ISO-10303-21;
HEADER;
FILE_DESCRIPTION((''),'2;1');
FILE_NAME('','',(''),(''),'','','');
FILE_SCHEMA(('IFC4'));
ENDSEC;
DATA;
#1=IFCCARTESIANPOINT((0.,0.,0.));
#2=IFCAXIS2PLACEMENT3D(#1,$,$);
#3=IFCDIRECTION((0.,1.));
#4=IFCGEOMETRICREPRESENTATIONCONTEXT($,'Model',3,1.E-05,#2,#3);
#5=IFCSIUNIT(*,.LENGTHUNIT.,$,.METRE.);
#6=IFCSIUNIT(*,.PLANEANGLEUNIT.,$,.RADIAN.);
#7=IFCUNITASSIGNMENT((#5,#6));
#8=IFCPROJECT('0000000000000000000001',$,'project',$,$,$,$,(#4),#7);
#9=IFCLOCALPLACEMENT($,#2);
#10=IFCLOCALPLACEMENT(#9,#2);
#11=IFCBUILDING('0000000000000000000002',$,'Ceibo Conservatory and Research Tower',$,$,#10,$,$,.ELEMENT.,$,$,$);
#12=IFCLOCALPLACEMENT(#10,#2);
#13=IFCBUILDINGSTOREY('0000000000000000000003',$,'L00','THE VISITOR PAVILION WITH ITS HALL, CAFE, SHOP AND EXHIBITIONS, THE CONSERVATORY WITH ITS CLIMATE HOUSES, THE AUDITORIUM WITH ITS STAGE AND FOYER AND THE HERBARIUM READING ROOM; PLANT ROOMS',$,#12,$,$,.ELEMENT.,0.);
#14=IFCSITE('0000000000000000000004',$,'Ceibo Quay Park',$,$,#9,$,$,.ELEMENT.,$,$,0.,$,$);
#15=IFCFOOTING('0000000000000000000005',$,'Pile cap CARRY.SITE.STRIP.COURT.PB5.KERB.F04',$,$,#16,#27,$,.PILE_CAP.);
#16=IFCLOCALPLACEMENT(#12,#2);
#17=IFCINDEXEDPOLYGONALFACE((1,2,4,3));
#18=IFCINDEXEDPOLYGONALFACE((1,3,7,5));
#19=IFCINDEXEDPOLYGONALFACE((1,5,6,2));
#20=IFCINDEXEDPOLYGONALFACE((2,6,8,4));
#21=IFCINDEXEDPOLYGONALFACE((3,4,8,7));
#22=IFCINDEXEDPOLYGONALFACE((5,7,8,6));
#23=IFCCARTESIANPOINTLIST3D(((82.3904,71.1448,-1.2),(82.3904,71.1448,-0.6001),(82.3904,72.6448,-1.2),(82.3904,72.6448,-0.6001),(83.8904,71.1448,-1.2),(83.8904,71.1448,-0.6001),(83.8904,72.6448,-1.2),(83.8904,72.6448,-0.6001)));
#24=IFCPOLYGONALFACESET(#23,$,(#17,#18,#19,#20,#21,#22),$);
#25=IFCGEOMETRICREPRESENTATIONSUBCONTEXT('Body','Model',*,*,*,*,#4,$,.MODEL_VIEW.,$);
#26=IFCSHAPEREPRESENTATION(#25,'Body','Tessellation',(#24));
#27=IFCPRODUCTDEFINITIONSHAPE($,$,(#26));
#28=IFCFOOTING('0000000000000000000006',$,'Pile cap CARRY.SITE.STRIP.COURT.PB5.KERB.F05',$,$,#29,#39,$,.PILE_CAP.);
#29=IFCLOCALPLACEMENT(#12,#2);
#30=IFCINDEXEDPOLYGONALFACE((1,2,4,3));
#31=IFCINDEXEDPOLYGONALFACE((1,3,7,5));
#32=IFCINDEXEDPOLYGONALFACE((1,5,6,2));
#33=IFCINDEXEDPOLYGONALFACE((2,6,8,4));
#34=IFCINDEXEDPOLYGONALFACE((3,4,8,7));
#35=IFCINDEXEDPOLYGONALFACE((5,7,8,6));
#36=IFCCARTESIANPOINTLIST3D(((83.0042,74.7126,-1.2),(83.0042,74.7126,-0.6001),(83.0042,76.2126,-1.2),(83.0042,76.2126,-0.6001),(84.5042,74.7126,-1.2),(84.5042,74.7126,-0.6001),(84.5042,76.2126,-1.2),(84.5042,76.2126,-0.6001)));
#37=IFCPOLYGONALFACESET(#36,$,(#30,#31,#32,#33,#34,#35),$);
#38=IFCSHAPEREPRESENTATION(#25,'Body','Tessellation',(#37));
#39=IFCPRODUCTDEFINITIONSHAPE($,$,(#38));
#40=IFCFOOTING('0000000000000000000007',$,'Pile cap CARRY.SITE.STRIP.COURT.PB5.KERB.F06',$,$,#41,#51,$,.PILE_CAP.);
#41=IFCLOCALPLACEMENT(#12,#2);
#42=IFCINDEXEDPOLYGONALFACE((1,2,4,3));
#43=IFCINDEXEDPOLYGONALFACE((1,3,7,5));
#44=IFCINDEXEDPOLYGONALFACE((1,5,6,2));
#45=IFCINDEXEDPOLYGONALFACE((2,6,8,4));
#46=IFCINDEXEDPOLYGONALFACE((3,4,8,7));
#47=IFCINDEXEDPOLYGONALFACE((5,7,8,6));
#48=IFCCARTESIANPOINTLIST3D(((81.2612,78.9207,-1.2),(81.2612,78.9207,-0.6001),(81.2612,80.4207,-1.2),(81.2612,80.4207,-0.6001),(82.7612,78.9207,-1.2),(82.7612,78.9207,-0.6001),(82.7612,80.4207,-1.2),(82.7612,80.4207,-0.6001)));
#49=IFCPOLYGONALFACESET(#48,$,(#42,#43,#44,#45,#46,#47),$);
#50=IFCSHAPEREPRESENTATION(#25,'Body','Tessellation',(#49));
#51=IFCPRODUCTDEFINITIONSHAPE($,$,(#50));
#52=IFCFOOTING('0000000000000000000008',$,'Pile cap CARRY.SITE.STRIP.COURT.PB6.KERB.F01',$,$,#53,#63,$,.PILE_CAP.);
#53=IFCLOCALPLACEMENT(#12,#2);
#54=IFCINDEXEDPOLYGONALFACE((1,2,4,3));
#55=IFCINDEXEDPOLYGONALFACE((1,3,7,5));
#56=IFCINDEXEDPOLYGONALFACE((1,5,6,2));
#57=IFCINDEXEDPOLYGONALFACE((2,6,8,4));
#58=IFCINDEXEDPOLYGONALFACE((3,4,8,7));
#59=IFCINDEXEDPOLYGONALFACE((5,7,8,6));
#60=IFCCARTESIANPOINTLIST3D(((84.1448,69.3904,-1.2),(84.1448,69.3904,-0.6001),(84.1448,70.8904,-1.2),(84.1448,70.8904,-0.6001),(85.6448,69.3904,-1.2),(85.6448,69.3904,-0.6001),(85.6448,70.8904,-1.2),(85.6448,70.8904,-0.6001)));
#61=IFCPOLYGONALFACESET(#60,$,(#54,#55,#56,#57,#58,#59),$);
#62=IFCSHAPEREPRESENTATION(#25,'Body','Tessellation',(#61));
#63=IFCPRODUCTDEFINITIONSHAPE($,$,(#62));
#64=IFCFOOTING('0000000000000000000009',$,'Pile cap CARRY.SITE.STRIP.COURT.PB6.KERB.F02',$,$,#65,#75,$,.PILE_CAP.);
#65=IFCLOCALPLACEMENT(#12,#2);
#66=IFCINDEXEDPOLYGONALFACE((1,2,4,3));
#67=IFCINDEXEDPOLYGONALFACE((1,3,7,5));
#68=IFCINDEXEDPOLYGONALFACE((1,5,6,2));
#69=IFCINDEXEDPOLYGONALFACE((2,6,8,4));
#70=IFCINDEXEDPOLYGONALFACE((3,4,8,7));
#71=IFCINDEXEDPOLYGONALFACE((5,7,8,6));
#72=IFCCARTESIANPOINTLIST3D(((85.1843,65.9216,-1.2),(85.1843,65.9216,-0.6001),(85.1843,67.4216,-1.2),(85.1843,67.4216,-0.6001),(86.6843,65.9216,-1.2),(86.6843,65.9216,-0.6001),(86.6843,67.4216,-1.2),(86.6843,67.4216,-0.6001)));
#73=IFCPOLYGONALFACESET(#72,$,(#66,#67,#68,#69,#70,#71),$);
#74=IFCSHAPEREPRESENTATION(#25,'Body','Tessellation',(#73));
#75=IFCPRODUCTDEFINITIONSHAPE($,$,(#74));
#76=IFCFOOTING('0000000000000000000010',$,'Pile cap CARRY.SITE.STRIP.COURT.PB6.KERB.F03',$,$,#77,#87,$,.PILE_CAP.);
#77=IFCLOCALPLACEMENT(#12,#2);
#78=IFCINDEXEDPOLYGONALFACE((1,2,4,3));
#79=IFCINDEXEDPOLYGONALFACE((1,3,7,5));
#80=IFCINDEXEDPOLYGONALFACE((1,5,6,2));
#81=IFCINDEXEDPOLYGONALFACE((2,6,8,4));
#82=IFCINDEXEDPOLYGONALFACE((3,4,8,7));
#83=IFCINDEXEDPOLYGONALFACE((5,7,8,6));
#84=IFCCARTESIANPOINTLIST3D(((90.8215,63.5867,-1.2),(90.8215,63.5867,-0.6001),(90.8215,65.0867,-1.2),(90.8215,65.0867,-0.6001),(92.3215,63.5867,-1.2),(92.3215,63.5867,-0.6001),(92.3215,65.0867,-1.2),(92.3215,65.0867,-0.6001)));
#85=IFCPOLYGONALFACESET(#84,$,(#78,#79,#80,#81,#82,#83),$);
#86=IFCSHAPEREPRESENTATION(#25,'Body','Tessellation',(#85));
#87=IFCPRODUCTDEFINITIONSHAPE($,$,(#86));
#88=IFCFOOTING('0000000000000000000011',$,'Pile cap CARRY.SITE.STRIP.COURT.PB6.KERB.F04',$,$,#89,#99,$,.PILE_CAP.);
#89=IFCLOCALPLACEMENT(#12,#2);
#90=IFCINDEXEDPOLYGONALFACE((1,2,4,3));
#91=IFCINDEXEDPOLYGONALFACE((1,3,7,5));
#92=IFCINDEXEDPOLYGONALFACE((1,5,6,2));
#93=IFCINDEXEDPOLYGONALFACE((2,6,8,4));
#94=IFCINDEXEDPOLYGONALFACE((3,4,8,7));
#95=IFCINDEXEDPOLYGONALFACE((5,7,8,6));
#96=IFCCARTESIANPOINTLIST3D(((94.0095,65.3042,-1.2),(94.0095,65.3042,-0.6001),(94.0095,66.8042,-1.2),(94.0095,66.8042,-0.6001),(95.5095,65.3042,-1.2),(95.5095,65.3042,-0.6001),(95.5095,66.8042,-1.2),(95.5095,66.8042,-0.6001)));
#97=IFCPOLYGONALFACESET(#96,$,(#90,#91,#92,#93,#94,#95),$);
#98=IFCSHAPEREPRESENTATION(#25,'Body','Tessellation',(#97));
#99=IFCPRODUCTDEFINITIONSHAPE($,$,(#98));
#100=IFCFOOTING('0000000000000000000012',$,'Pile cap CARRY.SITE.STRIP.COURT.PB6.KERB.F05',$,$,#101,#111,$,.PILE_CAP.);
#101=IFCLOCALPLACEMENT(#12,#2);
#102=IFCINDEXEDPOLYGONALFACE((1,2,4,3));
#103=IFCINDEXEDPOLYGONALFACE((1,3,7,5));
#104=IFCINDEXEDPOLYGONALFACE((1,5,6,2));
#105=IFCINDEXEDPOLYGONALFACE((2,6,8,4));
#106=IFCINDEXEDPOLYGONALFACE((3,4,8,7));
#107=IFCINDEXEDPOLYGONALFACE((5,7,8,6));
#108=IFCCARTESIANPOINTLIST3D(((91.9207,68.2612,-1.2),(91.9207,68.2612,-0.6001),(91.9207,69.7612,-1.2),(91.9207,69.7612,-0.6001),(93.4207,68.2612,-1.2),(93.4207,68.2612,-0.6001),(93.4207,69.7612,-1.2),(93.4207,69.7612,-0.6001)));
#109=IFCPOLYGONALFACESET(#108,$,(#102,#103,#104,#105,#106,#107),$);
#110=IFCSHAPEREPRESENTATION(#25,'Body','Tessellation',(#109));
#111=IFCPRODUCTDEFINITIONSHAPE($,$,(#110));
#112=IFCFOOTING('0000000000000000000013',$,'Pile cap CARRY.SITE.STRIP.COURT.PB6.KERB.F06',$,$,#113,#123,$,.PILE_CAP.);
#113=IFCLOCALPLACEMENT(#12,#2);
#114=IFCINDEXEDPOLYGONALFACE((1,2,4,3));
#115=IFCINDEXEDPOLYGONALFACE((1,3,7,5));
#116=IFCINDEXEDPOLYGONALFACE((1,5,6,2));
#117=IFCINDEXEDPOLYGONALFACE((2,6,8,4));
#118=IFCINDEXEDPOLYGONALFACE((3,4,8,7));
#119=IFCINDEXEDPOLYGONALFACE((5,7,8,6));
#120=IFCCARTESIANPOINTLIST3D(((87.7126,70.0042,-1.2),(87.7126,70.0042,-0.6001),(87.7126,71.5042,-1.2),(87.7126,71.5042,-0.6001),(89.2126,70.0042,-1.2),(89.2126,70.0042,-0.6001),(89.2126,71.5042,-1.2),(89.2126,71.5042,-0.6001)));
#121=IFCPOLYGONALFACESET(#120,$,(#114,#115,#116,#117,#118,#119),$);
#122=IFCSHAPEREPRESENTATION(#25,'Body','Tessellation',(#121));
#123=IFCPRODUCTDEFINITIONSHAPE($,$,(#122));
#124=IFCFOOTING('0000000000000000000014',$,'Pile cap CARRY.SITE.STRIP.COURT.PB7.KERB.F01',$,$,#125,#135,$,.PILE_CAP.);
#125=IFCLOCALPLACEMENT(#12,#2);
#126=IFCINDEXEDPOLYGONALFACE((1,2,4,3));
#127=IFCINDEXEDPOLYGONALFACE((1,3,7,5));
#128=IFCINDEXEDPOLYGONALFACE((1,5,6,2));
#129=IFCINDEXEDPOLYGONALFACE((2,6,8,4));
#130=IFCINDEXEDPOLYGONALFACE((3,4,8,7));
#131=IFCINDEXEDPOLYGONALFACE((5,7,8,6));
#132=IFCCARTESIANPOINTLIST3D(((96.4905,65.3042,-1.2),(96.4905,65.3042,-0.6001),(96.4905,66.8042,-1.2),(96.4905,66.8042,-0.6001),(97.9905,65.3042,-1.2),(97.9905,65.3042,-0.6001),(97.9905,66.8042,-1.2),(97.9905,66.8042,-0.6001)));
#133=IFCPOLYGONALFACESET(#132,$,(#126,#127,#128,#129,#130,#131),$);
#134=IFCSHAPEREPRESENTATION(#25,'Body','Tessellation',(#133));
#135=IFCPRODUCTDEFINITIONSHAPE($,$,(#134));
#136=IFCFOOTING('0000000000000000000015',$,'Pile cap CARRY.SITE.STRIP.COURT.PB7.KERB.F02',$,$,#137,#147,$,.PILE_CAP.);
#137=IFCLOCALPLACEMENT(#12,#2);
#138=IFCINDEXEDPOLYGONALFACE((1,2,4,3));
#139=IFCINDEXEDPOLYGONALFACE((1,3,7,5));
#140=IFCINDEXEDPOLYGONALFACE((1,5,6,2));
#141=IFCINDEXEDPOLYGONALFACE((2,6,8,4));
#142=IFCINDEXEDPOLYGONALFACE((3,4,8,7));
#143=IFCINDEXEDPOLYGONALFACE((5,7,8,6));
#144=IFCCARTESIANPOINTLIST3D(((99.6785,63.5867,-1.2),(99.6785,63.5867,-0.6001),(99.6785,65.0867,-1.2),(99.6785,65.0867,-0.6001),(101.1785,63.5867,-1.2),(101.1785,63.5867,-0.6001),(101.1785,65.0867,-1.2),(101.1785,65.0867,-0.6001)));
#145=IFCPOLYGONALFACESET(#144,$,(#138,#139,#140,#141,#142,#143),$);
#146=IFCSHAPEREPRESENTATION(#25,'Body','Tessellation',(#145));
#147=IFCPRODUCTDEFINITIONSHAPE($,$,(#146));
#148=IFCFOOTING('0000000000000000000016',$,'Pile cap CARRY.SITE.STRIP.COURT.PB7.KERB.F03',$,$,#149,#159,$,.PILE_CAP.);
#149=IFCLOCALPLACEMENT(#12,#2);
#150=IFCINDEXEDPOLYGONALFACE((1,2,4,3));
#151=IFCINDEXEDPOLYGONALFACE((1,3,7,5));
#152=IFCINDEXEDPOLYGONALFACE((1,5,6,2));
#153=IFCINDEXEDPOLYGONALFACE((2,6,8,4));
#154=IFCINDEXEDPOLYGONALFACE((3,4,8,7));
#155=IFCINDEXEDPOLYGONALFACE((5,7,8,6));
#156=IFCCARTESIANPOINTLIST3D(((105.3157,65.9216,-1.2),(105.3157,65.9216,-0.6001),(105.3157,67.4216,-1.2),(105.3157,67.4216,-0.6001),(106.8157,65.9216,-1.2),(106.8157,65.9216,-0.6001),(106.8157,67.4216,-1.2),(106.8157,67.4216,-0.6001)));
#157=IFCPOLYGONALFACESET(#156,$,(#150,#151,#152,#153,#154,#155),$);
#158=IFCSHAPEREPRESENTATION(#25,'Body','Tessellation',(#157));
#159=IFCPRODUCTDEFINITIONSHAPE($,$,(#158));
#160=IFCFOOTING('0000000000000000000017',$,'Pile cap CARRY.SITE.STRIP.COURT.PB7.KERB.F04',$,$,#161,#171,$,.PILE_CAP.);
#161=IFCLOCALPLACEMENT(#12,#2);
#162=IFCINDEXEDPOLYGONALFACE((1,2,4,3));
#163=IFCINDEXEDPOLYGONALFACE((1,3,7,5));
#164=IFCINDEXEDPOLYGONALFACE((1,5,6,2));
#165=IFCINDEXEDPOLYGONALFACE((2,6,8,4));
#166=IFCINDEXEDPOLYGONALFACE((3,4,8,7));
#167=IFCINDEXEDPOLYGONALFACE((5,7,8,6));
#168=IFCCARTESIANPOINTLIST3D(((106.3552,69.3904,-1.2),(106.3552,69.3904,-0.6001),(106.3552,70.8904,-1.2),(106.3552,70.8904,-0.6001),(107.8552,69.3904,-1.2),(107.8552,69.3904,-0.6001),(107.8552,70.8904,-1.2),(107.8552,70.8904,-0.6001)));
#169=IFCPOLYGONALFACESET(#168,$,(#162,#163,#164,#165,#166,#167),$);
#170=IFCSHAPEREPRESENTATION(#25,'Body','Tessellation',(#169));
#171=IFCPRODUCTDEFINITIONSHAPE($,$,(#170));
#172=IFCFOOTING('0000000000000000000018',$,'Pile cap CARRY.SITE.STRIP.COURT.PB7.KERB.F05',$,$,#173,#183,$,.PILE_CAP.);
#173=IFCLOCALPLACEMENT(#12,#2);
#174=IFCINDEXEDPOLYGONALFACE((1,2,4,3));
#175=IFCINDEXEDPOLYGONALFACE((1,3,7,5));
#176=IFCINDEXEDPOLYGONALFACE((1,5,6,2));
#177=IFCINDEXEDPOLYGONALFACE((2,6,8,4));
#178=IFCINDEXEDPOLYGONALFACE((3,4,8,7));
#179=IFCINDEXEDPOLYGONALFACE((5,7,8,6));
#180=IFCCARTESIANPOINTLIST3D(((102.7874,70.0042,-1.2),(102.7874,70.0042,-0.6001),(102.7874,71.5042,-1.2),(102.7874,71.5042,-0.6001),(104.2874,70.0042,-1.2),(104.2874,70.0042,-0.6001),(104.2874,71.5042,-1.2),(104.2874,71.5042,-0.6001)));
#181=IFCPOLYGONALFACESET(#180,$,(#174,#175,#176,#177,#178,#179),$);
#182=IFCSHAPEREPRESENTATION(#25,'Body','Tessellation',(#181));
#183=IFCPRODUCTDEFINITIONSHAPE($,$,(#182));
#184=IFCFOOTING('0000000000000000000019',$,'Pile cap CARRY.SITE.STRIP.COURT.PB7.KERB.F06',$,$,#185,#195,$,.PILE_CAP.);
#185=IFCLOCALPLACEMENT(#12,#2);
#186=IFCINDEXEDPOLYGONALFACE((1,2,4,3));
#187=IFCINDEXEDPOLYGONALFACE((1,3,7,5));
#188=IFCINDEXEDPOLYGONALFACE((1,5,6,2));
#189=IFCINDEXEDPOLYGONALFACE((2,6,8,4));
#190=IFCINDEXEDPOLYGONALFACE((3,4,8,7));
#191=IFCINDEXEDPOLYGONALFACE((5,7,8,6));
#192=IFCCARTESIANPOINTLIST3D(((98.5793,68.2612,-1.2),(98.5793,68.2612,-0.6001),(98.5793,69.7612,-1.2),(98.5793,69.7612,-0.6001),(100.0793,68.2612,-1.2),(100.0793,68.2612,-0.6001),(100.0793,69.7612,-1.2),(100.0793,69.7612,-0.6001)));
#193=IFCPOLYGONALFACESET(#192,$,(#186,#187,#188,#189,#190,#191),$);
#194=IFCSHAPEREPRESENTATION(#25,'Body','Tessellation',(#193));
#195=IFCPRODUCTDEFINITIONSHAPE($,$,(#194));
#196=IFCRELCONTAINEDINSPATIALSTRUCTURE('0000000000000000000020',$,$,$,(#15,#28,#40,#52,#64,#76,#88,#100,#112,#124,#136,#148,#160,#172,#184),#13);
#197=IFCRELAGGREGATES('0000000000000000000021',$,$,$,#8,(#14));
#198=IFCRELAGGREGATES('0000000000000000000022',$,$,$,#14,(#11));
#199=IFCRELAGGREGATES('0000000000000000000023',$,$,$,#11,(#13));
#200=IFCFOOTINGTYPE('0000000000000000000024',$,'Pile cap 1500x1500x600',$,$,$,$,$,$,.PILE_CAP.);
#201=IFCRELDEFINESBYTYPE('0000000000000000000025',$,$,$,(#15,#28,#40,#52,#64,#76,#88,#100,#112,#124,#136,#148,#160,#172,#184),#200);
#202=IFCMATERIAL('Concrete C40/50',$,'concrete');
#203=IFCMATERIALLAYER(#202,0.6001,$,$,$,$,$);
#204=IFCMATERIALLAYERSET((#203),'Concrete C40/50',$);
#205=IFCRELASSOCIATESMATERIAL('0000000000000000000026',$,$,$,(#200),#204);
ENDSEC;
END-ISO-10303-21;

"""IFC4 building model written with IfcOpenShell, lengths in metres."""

from ifc_helpers import new_model, si_unit, direction, frame, origin, place, context, subcontext, project, spatial, polyline, outline, extrude, material, layer, layer_set, type_object, element, save


model = new_model("IFC4")

# Units and contexts
model_context = context("Model", 3, precision=1e-05, world=origin(), true_north=direction((0.0, 1.0)))
body_context = subcontext(model_context, "Body", "Model", "MODEL_VIEW")
ifc_project = project(units=[si_unit("LENGTHUNIT", "METRE"), si_unit("PLANEANGLEUNIT", "RADIAN")], contexts=[model_context])

# Site, building, storey
site_placement = place(None, origin())
site = spatial("IfcSite", under=ifc_project, at=site_placement, Name="Ceibo Quay Park", CompositionType="ELEMENT", RefElevation=0.0)
building_placement = place(site_placement, origin())
building = spatial("IfcBuilding", under=site, at=building_placement, Name="Ceibo Conservatory and Research Tower", CompositionType="ELEMENT")
storey_placement = place(building_placement, origin())
storey = spatial("IfcBuildingStorey", under=building, at=storey_placement, Name="L00", Description="THE VISITOR PAVILION WITH ITS HALL, CAFE, SHOP AND EXHIBITIONS, THE CONSERVATORY WITH ITS CLIMATE HOUSES, THE AUDITORIUM WITH ITS STAGE AND FOYER AND THE HERBARIUM READING ROOM; PLANT ROOMS", CompositionType="ELEMENT", Elevation=0.0)

# Footings
ifc_material = material(Name="Concrete C40/50", Category="concrete")
ifc_layer = layer(ifc_material, 0.6001)
ifc_layer_set = layer_set([ifc_layer], Name="Concrete C40/50")
footing_type = type_object("IfcFootingType", Name="Pile cap 1500x1500x600", PredefinedType="PILE_CAP", material=ifc_layer_set)
footing_1_placement = place(storey_placement, frame((0.0, 0.0, -1.2)))
element("IfcFooting", 1, at=footing_1_placement, inside=storey, type_object=footing_type, Name="Pile cap CARRY.SITE.STRIP.COURT.PB5.KERB.F04", PredefinedType="PILE_CAP", context=body_context, shape_type="SweptSolid", body=[
    extrude(outline(polyline([(83.8904, 71.1448), (83.8904, 72.6448), (82.3904, 72.6448), (82.3904, 71.1448), (83.8904, 71.1448)])), origin(), (0.0, 0.0, 1.0), 0.5999),
])
footing_2_placement = place(storey_placement, frame((0.0, 0.0, -1.2)))
element("IfcFooting", 2, at=footing_2_placement, inside=storey, type_object=footing_type, Name="Pile cap CARRY.SITE.STRIP.COURT.PB5.KERB.F05", PredefinedType="PILE_CAP", context=body_context, shape_type="SweptSolid", body=[
    extrude(outline(polyline([(84.5042, 74.7126), (84.5042, 76.2126), (83.0042, 76.2126), (83.0042, 74.7126), (84.5042, 74.7126)])), origin(), (0.0, 0.0, 1.0), 0.5999),
])
footing_3_placement = place(storey_placement, frame((0.0, 0.0, -1.2)))
element("IfcFooting", 3, at=footing_3_placement, inside=storey, type_object=footing_type, Name="Pile cap CARRY.SITE.STRIP.COURT.PB5.KERB.F06", PredefinedType="PILE_CAP", context=body_context, shape_type="SweptSolid", body=[
    extrude(outline(polyline([(82.7612, 78.9207), (82.7612, 80.4207), (81.2612, 80.4207), (81.2612, 78.9207), (82.7612, 78.9207)])), origin(), (0.0, 0.0, 1.0), 0.5999),
])
footing_4_placement = place(storey_placement, frame((0.0, 0.0, -1.2)))
element("IfcFooting", 4, at=footing_4_placement, inside=storey, type_object=footing_type, Name="Pile cap CARRY.SITE.STRIP.COURT.PB6.KERB.F01", PredefinedType="PILE_CAP", context=body_context, shape_type="SweptSolid", body=[
    extrude(outline(polyline([(85.6448, 69.3904), (85.6448, 70.8904), (84.1448, 70.8904), (84.1448, 69.3904), (85.6448, 69.3904)])), origin(), (0.0, 0.0, 1.0), 0.5999),
])
footing_5_placement = place(storey_placement, frame((0.0, 0.0, -1.2)))
element("IfcFooting", 5, at=footing_5_placement, inside=storey, type_object=footing_type, Name="Pile cap CARRY.SITE.STRIP.COURT.PB6.KERB.F02", PredefinedType="PILE_CAP", context=body_context, shape_type="SweptSolid", body=[
    extrude(outline(polyline([(86.6843, 65.9216), (86.6843, 67.4216), (85.1843, 67.4216), (85.1843, 65.9216), (86.6843, 65.9216)])), origin(), (0.0, 0.0, 1.0), 0.5999),
])
footing_6_placement = place(storey_placement, frame((0.0, 0.0, -1.2)))
element("IfcFooting", 6, at=footing_6_placement, inside=storey, type_object=footing_type, Name="Pile cap CARRY.SITE.STRIP.COURT.PB6.KERB.F03", PredefinedType="PILE_CAP", context=body_context, shape_type="SweptSolid", body=[
    extrude(outline(polyline([(92.3215, 63.5867), (92.3215, 65.0867), (90.8215, 65.0867), (90.8215, 63.5867), (92.3215, 63.5867)])), origin(), (0.0, 0.0, 1.0), 0.5999),
])
footing_7_placement = place(storey_placement, frame((0.0, 0.0, -1.2)))
element("IfcFooting", 7, at=footing_7_placement, inside=storey, type_object=footing_type, Name="Pile cap CARRY.SITE.STRIP.COURT.PB6.KERB.F04", PredefinedType="PILE_CAP", context=body_context, shape_type="SweptSolid", body=[
    extrude(outline(polyline([(95.5095, 65.3042), (95.5095, 66.8042), (94.0095, 66.8042), (94.0095, 65.3042), (95.5095, 65.3042)])), origin(), (0.0, 0.0, 1.0), 0.5999),
])
footing_8_placement = place(storey_placement, frame((0.0, 0.0, -1.2)))
element("IfcFooting", 8, at=footing_8_placement, inside=storey, type_object=footing_type, Name="Pile cap CARRY.SITE.STRIP.COURT.PB6.KERB.F05", PredefinedType="PILE_CAP", context=body_context, shape_type="SweptSolid", body=[
    extrude(outline(polyline([(93.4207, 68.2612), (93.4207, 69.7612), (91.9207, 69.7612), (91.9207, 68.2612), (93.4207, 68.2612)])), origin(), (0.0, 0.0, 1.0), 0.5999),
])
footing_9_placement = place(storey_placement, frame((0.0, 0.0, -1.2)))
element("IfcFooting", 9, at=footing_9_placement, inside=storey, type_object=footing_type, Name="Pile cap CARRY.SITE.STRIP.COURT.PB6.KERB.F06", PredefinedType="PILE_CAP", context=body_context, shape_type="SweptSolid", body=[
    extrude(outline(polyline([(89.2126, 70.0042), (89.2126, 71.5042), (87.7126, 71.5042), (87.7126, 70.0042), (89.2126, 70.0042)])), origin(), (0.0, 0.0, 1.0), 0.5999),
])
footing_10_placement = place(storey_placement, frame((0.0, 0.0, -1.2)))
element("IfcFooting", 10, at=footing_10_placement, inside=storey, type_object=footing_type, Name="Pile cap CARRY.SITE.STRIP.COURT.PB7.KERB.F01", PredefinedType="PILE_CAP", context=body_context, shape_type="SweptSolid", body=[
    extrude(outline(polyline([(97.9905, 65.3042), (97.9905, 66.8042), (96.4905, 66.8042), (96.4905, 65.3042), (97.9905, 65.3042)])), origin(), (0.0, 0.0, 1.0), 0.5999),
])
footing_11_placement = place(storey_placement, frame((0.0, 0.0, -1.2)))
element("IfcFooting", 11, at=footing_11_placement, inside=storey, type_object=footing_type, Name="Pile cap CARRY.SITE.STRIP.COURT.PB7.KERB.F02", PredefinedType="PILE_CAP", context=body_context, shape_type="SweptSolid", body=[
    extrude(outline(polyline([(101.1785, 63.5867), (101.1785, 65.0867), (99.6785, 65.0867), (99.6785, 63.5867), (101.1785, 63.5867)])), origin(), (0.0, 0.0, 1.0), 0.5999),
])
footing_12_placement = place(storey_placement, frame((0.0, 0.0, -1.2)))
element("IfcFooting", 12, at=footing_12_placement, inside=storey, type_object=footing_type, Name="Pile cap CARRY.SITE.STRIP.COURT.PB7.KERB.F03", PredefinedType="PILE_CAP", context=body_context, shape_type="SweptSolid", body=[
    extrude(outline(polyline([(106.8157, 65.9216), (106.8157, 67.4216), (105.3157, 67.4216), (105.3157, 65.9216), (106.8157, 65.9216)])), origin(), (0.0, 0.0, 1.0), 0.5999),
])
footing_13_placement = place(storey_placement, frame((0.0, 0.0, -1.2)))
element("IfcFooting", 13, at=footing_13_placement, inside=storey, type_object=footing_type, Name="Pile cap CARRY.SITE.STRIP.COURT.PB7.KERB.F04", PredefinedType="PILE_CAP", context=body_context, shape_type="SweptSolid", body=[
    extrude(outline(polyline([(107.8552, 69.3904), (107.8552, 70.8904), (106.3552, 70.8904), (106.3552, 69.3904), (107.8552, 69.3904)])), origin(), (0.0, 0.0, 1.0), 0.5999),
])
footing_14_placement = place(storey_placement, frame((0.0, 0.0, -1.2)))
element("IfcFooting", 14, at=footing_14_placement, inside=storey, type_object=footing_type, Name="Pile cap CARRY.SITE.STRIP.COURT.PB7.KERB.F05", PredefinedType="PILE_CAP", context=body_context, shape_type="SweptSolid", body=[
    extrude(outline(polyline([(104.2874, 70.0042), (104.2874, 71.5042), (102.7874, 71.5042), (102.7874, 70.0042), (104.2874, 70.0042)])), origin(), (0.0, 0.0, 1.0), 0.5999),
])
footing_15_placement = place(storey_placement, frame((0.0, 0.0, -1.2)))
element("IfcFooting", 15, at=footing_15_placement, inside=storey, type_object=footing_type, Name="Pile cap CARRY.SITE.STRIP.COURT.PB7.KERB.F06", PredefinedType="PILE_CAP", context=body_context, shape_type="SweptSolid", body=[
    extrude(outline(polyline([(100.0793, 68.2612), (100.0793, 69.7612), (98.5793, 69.7612), (98.5793, 68.2612), (100.0793, 68.2612)])), origin(), (0.0, 0.0, 1.0), 0.5999),
])

save(model, "model.ifc")
